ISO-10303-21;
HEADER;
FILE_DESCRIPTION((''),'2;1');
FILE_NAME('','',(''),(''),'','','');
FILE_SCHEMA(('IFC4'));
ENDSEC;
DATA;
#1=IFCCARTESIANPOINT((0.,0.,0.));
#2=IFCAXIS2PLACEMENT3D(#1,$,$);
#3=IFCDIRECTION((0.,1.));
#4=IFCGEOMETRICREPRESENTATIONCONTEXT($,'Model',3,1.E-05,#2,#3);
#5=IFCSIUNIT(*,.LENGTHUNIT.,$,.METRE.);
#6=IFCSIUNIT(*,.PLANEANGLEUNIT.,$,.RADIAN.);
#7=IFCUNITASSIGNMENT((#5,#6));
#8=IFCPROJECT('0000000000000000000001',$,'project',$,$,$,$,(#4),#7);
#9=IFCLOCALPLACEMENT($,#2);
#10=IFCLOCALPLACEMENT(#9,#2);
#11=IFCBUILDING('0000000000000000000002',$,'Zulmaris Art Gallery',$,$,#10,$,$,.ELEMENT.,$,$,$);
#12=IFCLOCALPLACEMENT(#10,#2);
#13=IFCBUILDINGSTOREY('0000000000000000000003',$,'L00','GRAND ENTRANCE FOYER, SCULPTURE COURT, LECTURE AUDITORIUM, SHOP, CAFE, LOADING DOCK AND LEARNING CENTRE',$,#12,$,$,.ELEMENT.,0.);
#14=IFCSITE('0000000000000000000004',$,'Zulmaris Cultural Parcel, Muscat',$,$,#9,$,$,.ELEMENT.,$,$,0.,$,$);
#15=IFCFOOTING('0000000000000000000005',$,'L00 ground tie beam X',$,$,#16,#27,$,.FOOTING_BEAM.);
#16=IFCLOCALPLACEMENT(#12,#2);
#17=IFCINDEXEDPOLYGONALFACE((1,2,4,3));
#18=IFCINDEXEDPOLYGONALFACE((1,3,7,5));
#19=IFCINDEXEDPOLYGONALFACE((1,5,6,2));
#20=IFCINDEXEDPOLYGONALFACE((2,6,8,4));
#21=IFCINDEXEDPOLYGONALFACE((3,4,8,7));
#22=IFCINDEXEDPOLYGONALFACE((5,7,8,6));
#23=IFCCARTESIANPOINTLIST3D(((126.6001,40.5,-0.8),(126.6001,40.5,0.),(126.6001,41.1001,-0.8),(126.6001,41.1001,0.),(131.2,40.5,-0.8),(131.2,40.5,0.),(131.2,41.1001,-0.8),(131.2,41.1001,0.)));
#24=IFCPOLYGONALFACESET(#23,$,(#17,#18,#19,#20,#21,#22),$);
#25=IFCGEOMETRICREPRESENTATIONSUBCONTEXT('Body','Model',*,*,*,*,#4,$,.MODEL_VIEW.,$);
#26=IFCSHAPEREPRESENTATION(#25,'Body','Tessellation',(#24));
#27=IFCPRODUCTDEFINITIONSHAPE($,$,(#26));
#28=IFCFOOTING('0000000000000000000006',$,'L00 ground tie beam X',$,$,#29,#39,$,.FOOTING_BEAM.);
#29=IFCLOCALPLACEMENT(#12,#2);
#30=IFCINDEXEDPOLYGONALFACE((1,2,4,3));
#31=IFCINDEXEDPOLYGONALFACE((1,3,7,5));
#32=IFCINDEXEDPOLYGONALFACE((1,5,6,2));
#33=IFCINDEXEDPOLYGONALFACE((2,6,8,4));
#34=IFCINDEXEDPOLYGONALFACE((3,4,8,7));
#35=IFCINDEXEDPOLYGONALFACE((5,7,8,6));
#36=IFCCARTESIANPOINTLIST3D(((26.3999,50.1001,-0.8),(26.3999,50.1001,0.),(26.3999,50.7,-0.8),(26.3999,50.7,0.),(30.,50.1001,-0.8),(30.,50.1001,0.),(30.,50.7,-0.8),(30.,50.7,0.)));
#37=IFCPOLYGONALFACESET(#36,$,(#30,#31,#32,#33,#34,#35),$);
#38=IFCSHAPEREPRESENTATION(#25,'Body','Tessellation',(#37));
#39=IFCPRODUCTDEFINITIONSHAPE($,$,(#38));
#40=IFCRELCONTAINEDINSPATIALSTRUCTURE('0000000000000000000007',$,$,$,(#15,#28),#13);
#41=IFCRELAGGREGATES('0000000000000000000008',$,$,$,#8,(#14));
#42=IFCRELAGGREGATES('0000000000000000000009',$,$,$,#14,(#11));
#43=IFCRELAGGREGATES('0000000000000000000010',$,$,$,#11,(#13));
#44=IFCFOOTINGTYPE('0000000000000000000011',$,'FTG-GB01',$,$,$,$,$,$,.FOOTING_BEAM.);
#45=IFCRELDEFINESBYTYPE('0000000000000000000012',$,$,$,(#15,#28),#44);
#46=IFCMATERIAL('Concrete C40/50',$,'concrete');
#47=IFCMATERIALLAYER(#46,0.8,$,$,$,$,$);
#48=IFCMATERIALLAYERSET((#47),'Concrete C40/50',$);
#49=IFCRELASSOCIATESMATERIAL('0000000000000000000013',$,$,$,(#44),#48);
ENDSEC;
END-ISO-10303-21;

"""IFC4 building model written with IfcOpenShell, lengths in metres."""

from ifc_helpers import new_model, si_unit, direction, frame, origin, place, context, subcontext, project, spatial, polyline, outline, extrude, material, layer, layer_set, type_object, element, save


model = new_model("IFC4")

# Units and contexts
model_context = context("Model", 3, precision=1e-05, world=origin(), true_north=direction((0.0, 1.0)))
body_context = subcontext(model_context, "Body", "Model", "MODEL_VIEW")
ifc_project = project(units=[si_unit("LENGTHUNIT", "METRE"), si_unit("PLANEANGLEUNIT", "RADIAN")], contexts=[model_context])

# Site, building, storey
site_placement = place(None, origin())
site = spatial("IfcSite", under=ifc_project, at=site_placement, Name="Zulmaris Cultural Parcel, Muscat", CompositionType="ELEMENT", RefElevation=0.0)
building_placement = place(site_placement, origin())
building = spatial("IfcBuilding", under=site, at=building_placement, Name="Zulmaris Art Gallery", CompositionType="ELEMENT")
storey_placement = place(building_placement, origin())
storey = spatial("IfcBuildingStorey", under=building, at=storey_placement, Name="L00", Description="GRAND ENTRANCE FOYER, SCULPTURE COURT, LECTURE AUDITORIUM, SHOP, CAFE, LOADING DOCK AND LEARNING CENTRE", CompositionType="ELEMENT", Elevation=0.0)

# Footings
ifc_material = material(Name="Concrete C40/50", Category="concrete")
ifc_layer = layer(ifc_material, 0.8)
ifc_layer_set = layer_set([ifc_layer], Name="Concrete C40/50")
footing_type = type_object("IfcFootingType", Name="FTG-GB01", PredefinedType="FOOTING_BEAM", material=ifc_layer_set)
footing_1_placement = place(storey_placement, frame((0.0, 0.0, -0.8)))
element("IfcFooting", 1, at=footing_1_placement, inside=storey, type_object=footing_type, Name="L00 ground tie beam X", PredefinedType="FOOTING_BEAM", context=body_context, shape_type="SweptSolid", body=[
    extrude(outline(polyline([(126.6001, 40.5), (131.2, 40.5), (131.2, 41.1001), (126.6001, 41.1001), (126.6001, 40.5)])), origin(), (0.0, 0.0, 1.0), 0.8),
])
footing_2_placement = place(storey_placement, frame((0.0, 0.0, -0.8)))
element("IfcFooting", 2, at=footing_2_placement, inside=storey, type_object=footing_type, Name="L00 ground tie beam X", PredefinedType="FOOTING_BEAM", context=body_context, shape_type="SweptSolid", body=[
    extrude(outline(polyline([(26.3999, 50.1001), (30.0, 50.1001), (30.0, 50.7), (26.3999, 50.7), (26.3999, 50.1001)])), origin(), (0.0, 0.0, 1.0), 0.8),
])

save(model, "model.ifc")
